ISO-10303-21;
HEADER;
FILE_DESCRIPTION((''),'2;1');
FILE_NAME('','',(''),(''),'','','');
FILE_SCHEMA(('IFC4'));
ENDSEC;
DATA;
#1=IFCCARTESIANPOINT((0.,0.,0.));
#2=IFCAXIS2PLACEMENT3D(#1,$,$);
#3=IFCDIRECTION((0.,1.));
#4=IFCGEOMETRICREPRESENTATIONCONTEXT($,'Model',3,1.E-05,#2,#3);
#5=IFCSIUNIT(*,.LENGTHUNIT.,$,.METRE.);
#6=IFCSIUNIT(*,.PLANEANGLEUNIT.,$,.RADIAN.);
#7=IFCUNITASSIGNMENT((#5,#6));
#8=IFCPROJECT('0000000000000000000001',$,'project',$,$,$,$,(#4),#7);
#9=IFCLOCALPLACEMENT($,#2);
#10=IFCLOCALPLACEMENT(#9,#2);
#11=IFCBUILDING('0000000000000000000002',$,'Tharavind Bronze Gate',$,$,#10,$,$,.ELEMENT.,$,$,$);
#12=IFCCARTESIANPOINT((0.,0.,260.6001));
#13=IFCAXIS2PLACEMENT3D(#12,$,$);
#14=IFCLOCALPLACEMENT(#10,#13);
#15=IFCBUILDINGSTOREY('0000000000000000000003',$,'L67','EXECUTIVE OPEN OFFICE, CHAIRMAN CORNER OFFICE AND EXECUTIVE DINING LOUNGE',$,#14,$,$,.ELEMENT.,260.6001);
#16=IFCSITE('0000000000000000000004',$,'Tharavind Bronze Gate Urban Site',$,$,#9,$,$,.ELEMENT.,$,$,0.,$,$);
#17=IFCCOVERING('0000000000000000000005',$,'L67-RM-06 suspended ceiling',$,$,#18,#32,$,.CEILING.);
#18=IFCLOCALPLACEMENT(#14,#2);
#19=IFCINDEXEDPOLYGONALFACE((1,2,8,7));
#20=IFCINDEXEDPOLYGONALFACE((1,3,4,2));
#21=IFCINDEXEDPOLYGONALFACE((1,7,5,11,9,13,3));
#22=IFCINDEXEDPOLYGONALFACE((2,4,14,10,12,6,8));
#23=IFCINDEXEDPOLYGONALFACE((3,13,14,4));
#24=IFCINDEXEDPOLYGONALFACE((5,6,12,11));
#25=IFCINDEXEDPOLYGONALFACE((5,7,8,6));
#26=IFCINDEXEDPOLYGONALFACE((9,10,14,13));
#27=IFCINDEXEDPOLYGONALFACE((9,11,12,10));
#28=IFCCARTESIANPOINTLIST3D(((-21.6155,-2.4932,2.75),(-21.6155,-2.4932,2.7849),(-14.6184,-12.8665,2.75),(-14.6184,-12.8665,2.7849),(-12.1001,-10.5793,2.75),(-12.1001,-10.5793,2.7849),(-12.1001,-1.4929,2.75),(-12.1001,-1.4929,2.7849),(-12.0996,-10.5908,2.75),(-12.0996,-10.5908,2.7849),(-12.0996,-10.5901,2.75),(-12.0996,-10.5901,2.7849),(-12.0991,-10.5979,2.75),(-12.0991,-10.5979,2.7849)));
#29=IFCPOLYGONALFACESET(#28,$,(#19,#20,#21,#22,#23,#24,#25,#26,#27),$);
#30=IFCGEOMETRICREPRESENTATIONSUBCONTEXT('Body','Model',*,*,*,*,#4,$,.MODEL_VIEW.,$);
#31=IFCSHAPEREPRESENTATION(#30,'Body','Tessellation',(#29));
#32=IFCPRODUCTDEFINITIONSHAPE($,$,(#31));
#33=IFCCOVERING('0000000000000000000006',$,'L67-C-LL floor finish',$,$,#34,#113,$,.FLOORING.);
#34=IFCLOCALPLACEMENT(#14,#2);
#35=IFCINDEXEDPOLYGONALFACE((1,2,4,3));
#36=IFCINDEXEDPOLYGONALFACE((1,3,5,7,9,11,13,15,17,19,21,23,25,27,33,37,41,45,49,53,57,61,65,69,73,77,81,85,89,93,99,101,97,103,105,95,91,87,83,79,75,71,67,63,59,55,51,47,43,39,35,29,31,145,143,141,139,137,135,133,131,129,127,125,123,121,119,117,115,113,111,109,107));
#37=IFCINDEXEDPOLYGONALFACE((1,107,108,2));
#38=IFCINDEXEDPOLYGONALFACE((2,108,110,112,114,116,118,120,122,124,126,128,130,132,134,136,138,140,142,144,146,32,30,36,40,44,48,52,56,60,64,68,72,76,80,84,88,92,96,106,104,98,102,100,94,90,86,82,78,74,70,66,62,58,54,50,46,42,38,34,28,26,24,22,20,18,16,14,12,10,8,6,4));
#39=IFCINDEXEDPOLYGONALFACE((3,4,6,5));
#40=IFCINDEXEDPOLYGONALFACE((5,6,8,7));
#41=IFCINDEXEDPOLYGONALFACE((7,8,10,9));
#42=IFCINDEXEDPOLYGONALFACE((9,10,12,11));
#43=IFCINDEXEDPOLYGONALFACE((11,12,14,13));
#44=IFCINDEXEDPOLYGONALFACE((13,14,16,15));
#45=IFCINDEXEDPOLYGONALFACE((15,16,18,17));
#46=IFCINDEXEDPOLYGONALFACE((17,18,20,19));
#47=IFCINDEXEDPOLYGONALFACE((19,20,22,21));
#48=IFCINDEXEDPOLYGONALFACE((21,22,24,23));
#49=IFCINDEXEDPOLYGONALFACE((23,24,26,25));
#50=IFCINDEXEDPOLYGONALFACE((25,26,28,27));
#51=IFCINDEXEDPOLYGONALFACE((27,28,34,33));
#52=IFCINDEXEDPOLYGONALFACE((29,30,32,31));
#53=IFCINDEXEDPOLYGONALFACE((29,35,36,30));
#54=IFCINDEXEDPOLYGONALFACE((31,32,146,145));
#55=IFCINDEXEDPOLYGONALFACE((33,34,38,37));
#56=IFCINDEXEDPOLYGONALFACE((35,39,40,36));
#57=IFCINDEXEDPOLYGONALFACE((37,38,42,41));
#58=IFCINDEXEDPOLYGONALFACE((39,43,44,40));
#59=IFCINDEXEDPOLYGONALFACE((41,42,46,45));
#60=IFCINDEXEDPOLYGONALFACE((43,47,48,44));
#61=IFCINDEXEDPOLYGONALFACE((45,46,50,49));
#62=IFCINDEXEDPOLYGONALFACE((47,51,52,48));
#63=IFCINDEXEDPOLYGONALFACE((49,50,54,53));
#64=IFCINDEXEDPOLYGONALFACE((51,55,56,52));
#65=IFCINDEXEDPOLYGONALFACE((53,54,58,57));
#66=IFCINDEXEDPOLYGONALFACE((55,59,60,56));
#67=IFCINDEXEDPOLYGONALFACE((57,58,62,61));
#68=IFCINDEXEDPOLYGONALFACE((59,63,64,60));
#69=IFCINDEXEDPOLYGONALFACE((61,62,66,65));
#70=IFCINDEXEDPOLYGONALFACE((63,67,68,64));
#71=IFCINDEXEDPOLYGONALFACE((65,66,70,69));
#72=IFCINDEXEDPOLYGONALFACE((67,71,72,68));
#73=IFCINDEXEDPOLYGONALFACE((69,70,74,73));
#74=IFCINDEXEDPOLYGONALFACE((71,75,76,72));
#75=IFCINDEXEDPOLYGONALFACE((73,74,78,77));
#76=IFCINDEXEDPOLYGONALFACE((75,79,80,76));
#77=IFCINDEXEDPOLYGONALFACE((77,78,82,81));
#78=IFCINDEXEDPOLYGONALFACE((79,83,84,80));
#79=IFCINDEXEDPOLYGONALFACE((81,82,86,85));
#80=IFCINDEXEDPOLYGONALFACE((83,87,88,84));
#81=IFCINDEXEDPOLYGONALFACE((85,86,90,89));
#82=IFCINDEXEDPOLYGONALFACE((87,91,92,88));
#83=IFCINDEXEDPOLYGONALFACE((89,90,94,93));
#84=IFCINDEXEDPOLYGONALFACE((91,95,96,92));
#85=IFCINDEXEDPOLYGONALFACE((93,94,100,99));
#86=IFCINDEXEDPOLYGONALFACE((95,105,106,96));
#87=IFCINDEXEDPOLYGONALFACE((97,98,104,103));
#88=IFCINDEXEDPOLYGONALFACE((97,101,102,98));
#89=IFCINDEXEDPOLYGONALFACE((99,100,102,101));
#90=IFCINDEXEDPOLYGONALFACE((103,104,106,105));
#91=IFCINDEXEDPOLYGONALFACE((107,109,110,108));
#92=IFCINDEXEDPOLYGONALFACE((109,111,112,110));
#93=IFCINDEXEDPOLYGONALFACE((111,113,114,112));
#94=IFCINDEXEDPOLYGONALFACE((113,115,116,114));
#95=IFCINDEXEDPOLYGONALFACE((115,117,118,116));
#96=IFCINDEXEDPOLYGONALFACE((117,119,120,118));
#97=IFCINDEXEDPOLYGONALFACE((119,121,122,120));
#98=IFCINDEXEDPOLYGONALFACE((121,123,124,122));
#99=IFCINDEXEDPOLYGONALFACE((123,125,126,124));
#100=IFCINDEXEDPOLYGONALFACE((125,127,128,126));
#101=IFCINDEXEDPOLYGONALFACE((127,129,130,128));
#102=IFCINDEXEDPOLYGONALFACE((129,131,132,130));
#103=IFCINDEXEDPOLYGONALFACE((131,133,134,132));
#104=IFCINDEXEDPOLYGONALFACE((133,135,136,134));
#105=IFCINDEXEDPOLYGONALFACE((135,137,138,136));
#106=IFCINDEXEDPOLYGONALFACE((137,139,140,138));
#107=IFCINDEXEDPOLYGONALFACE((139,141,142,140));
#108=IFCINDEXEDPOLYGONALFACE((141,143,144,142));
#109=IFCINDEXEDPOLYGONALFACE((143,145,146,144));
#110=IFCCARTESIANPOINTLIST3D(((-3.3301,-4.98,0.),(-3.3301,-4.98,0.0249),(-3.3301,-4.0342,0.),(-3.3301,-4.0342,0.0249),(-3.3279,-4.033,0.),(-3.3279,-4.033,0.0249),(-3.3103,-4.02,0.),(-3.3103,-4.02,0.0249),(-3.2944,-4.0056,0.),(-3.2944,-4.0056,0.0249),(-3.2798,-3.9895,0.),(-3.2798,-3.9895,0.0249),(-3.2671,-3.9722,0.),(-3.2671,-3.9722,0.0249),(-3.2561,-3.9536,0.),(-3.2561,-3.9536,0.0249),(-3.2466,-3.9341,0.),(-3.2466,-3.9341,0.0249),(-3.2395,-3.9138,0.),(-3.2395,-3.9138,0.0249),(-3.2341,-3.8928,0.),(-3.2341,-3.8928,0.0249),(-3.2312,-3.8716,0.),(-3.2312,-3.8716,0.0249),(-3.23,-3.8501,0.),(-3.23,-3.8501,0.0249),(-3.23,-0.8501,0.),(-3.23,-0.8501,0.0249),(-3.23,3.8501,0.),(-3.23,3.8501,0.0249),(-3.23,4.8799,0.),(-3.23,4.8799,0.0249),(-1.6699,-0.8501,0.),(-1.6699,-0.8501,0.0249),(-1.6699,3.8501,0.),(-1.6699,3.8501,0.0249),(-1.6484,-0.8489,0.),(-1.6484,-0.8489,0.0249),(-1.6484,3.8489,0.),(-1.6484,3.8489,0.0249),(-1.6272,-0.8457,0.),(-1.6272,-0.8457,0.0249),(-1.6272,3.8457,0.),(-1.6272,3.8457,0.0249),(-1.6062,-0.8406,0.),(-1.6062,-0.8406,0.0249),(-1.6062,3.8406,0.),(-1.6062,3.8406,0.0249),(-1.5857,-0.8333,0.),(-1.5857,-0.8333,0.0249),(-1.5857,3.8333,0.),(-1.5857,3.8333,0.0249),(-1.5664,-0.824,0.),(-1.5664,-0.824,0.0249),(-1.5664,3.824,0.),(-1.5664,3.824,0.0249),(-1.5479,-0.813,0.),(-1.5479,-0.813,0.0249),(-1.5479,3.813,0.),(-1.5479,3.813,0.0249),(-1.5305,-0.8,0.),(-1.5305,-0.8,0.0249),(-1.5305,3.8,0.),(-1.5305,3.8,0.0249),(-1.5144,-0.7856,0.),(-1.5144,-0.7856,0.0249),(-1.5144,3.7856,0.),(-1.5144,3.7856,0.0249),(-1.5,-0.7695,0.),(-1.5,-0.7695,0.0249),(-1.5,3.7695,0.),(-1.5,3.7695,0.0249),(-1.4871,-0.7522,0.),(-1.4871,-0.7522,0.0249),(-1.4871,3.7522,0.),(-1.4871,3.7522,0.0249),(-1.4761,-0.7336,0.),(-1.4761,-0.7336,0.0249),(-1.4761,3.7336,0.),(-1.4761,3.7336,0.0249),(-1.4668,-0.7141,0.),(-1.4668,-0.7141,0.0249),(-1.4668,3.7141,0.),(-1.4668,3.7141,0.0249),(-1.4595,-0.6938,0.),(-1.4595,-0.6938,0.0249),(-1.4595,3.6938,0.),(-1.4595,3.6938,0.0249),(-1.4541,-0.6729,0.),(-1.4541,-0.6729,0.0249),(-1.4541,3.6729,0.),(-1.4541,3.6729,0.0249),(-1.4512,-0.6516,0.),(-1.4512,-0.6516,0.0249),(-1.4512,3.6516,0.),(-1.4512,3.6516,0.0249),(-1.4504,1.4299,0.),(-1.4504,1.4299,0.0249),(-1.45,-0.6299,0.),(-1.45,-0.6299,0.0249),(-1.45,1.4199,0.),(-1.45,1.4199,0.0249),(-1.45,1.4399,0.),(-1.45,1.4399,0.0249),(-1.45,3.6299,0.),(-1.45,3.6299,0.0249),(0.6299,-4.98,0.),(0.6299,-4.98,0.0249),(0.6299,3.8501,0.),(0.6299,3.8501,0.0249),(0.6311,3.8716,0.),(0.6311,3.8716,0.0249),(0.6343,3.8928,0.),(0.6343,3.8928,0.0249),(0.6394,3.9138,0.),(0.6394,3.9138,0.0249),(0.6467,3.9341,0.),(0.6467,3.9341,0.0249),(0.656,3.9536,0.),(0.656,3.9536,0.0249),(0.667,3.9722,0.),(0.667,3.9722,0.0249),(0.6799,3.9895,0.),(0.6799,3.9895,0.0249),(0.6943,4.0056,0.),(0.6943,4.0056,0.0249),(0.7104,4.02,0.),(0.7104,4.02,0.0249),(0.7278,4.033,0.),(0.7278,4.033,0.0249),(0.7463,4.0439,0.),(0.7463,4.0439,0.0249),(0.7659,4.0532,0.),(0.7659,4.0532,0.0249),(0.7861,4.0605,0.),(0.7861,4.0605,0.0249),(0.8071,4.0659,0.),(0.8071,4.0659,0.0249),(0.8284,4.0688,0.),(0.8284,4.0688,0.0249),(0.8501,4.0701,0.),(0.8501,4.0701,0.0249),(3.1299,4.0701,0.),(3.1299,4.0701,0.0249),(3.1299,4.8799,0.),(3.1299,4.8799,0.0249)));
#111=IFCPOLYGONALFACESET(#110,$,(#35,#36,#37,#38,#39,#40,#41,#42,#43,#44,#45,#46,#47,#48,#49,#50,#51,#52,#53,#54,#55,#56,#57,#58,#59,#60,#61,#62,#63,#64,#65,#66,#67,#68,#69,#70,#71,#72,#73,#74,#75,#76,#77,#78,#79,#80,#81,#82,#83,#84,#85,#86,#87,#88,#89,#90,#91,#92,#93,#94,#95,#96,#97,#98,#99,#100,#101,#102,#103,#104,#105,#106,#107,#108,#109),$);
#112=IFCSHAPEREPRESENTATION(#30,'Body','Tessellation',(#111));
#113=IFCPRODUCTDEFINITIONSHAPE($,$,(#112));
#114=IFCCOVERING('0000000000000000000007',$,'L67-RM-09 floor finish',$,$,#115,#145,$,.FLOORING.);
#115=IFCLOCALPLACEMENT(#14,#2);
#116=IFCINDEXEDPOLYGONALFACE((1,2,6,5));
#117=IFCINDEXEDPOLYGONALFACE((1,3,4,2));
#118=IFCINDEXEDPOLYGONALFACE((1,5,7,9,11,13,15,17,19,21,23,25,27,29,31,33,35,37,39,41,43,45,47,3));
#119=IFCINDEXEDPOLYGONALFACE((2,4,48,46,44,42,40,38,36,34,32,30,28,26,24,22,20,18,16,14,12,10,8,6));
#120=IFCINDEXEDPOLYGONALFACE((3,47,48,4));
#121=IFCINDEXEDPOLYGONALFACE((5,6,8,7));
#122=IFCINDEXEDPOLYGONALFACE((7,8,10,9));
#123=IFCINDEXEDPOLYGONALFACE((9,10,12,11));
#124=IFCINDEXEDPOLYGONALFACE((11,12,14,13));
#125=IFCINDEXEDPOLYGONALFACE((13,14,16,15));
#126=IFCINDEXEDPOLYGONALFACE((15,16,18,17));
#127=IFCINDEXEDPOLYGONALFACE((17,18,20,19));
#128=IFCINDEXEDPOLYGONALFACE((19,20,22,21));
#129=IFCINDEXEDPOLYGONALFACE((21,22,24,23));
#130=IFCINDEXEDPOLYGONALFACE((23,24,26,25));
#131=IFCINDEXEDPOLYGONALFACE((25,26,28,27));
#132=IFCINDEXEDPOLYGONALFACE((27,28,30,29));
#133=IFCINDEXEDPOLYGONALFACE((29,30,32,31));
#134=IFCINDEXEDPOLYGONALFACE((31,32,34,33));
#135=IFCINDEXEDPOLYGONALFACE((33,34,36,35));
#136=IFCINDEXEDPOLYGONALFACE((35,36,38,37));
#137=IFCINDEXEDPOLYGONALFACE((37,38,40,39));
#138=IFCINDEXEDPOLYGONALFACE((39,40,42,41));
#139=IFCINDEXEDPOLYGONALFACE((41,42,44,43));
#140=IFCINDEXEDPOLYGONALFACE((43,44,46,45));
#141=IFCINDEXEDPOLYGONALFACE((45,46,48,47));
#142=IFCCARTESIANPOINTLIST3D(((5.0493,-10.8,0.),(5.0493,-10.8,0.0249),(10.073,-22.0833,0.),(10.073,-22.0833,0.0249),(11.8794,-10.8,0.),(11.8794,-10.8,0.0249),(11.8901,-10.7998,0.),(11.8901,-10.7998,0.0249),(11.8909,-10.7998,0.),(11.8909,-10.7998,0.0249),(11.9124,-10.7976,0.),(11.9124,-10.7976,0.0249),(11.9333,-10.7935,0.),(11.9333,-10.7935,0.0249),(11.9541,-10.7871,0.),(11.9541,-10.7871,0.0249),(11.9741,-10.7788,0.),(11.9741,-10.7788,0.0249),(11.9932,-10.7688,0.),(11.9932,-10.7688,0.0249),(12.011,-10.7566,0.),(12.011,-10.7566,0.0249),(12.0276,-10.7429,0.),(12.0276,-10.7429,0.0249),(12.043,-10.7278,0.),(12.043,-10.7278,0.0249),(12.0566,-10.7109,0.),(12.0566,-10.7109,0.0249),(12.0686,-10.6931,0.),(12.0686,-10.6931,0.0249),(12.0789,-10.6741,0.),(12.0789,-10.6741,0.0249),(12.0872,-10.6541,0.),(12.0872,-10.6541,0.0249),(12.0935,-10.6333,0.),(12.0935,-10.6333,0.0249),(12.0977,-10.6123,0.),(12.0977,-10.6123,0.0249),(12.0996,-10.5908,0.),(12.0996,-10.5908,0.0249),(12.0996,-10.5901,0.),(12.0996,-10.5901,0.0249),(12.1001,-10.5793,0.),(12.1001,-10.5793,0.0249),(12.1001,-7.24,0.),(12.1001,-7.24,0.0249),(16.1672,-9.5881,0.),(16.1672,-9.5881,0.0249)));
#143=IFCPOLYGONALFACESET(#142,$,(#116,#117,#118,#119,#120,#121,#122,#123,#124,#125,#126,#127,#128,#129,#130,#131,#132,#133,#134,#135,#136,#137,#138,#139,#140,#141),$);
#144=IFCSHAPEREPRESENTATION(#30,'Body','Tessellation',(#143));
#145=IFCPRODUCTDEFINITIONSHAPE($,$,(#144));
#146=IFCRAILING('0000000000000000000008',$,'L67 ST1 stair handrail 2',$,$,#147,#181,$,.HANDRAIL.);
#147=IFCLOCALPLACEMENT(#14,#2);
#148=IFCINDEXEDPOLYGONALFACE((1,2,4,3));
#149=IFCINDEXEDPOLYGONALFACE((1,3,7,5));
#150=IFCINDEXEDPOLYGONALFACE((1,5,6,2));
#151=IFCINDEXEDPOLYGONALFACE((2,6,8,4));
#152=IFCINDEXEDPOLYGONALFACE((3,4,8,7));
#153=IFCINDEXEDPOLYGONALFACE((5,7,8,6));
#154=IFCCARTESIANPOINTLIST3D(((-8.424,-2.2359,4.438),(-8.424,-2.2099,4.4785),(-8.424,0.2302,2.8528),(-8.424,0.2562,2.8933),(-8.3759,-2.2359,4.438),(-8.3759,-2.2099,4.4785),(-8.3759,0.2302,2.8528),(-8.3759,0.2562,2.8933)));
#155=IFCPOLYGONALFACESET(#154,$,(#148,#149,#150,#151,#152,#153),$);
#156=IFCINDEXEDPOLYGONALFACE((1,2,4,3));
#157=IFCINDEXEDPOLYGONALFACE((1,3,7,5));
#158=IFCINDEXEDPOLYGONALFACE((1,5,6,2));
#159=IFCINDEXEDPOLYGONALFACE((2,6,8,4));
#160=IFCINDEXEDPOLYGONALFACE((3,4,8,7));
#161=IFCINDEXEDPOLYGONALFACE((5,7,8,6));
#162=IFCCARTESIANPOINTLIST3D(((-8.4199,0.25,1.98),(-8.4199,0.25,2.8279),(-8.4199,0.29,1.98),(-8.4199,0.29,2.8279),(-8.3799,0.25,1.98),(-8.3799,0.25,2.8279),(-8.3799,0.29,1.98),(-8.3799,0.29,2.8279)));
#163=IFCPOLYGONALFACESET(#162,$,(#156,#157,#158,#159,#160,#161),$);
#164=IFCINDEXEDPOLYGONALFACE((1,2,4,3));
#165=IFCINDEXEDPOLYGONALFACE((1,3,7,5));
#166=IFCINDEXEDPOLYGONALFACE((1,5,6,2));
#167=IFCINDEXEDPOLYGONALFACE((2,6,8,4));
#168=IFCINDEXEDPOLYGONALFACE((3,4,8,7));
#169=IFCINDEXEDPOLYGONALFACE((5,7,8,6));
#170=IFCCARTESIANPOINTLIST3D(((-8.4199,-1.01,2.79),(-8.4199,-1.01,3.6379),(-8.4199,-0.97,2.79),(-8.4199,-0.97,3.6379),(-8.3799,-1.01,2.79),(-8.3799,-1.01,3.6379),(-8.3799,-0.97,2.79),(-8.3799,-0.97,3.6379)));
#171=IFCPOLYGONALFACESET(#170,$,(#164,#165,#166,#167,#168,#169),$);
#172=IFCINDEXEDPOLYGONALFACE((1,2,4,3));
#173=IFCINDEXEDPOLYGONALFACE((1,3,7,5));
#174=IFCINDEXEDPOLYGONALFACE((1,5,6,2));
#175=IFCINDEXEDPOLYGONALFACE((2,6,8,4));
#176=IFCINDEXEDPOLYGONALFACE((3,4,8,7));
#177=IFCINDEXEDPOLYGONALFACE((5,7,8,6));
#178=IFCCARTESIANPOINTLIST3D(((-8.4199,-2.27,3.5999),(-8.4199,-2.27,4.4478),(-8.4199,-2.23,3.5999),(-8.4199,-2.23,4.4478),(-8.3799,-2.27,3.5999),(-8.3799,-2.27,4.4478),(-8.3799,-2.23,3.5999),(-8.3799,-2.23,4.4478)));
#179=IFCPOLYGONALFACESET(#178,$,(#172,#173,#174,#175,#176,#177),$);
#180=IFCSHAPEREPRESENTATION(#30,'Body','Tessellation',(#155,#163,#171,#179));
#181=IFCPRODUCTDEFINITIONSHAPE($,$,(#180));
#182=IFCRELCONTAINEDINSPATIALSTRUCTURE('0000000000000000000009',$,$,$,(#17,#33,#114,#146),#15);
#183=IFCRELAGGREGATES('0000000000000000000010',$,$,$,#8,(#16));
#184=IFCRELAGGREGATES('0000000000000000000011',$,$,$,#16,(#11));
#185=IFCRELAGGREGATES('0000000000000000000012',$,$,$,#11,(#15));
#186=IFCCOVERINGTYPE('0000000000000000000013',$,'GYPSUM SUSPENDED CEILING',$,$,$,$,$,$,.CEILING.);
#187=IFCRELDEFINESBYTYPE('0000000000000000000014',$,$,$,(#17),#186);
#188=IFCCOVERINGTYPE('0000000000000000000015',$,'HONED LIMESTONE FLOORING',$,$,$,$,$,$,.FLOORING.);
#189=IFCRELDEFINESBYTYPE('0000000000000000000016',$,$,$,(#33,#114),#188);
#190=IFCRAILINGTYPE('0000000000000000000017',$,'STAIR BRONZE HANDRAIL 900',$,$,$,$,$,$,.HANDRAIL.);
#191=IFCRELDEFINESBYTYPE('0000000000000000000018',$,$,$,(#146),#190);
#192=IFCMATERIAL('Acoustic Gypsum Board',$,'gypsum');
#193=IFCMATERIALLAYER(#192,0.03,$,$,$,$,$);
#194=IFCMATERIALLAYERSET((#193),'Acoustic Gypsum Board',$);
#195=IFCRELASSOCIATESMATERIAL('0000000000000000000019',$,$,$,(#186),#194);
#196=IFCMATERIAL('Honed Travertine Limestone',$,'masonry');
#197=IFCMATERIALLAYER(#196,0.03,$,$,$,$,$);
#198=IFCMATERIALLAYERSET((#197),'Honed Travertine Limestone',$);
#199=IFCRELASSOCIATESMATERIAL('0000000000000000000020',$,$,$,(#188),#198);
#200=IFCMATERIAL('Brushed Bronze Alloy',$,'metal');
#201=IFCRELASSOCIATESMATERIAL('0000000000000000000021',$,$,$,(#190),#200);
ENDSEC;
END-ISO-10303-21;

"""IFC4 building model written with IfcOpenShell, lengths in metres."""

from ifc_helpers import new_model, si_unit, direction, frame, origin, origin_2d, place, context, subcontext, project, spatial, polyline, rectangle, outline, extrude, material, layer, layer_set, type_object, element, save


model = new_model("IFC4")

# Units and contexts
model_context = context("Model", 3, precision=1e-05, world=origin(), true_north=direction((0.0, 1.0)))
body_context = subcontext(model_context, "Body", "Model", "MODEL_VIEW")
ifc_project = project(units=[si_unit("LENGTHUNIT", "METRE"), si_unit("PLANEANGLEUNIT", "RADIAN")], contexts=[model_context])

# Site, building, storey
site_placement = place(None, origin())
site = spatial("IfcSite", under=ifc_project, at=site_placement, Name="Tharavind Bronze Gate Urban Site", CompositionType="ELEMENT", RefElevation=0.0)
building_placement = place(site_placement, origin())
building = spatial("IfcBuilding", under=site, at=building_placement, Name="Tharavind Bronze Gate", CompositionType="ELEMENT")
storey_placement = place(building_placement, frame((0.0, 0.0, 260.6001)))
storey = spatial("IfcBuildingStorey", under=building, at=storey_placement, Name="L67", Description="EXECUTIVE OPEN OFFICE, CHAIRMAN CORNER OFFICE AND EXECUTIVE DINING LOUNGE", CompositionType="ELEMENT", Elevation=260.6001)

# Coverings
ifc_material_1 = material(Name="Acoustic Gypsum Board", Category="gypsum")
ifc_layer_1 = layer(ifc_material_1, 0.03)
ifc_layer_set_1 = layer_set([ifc_layer_1], Name="Acoustic Gypsum Board")
covering_type_1 = type_object("IfcCoveringType", Name="GYPSUM SUSPENDED CEILING", PredefinedType="CEILING", material=ifc_layer_set_1)
covering_1_placement = place(storey_placement, frame((0.0, 0.0, 2.75)))
element("IfcCovering", 1, at=covering_1_placement, inside=storey, type_object=covering_type_1, Name="L67-RM-06 suspended ceiling", PredefinedType="CEILING", context=body_context, shape_type="SweptSolid", body=[
    extrude(outline(polyline([(-14.6184, -12.8665), (-12.0991, -10.5979), (-12.0996, -10.5908), (-12.0996, -10.5901), (-12.1001, -10.5793), (-12.1001, -1.4929), (-21.6155, -2.4932), (-14.6184, -12.8665)])), origin(), (0.0, 0.0, 1.0), 0.0349),
])
ifc_material_2 = material(Name="Honed Travertine Limestone", Category="masonry")
ifc_layer_2 = layer(ifc_material_2, 0.03)
ifc_layer_set_2 = layer_set([ifc_layer_2], Name="Honed Travertine Limestone")
covering_type_2 = type_object("IfcCoveringType", Name="HONED LIMESTONE FLOORING", PredefinedType="FLOORING", material=ifc_layer_set_2)
covering_2_placement = place(storey_placement, origin())
element("IfcCovering", 2, at=covering_2_placement, inside=storey, type_object=covering_type_2, Name="L67-C-LL floor finish", PredefinedType="FLOORING", context=body_context, shape_type="SweptSolid", body=[
    extrude(outline(polyline([(-3.3301, -4.98), (0.6299, -4.98), (0.6299, 3.8501), (0.6311, 3.8716), (0.6343, 3.8928), (0.6394, 3.9138), (0.6467, 3.9341), (0.656, 3.9536), (0.667, 3.9722), (0.6799, 3.9895), (0.6943, 4.0056), (0.7104, 4.02), (0.7278, 4.033), (0.7463, 4.0439), (0.7659, 4.0532), (0.7861, 4.0605), (0.8071, 4.0659), (0.8284, 4.0688), (0.8501, 4.0701), (3.1299, 4.0701), (3.1299, 4.8799), (-3.23, 4.8799), (-3.23, 3.8501), (-1.6699, 3.8501), (-1.6484, 3.8489), (-1.6272, 3.8457), (-1.6062, 3.8406), (-1.5857, 3.8333), (-1.5664, 3.824), (-1.5479, 3.813), (-1.5305, 3.8), (-1.5144, 3.7856), (-1.5, 3.7695), (-1.4871, 3.7522), (-1.4761, 3.7336), (-1.4668, 3.7141), (-1.4595, 3.6938), (-1.4541, 3.6729), (-1.4512, 3.6516), (-1.45, 3.6299), (-1.45, 1.4399), (-1.4504, 1.4299), (-1.45, 1.4199), (-1.45, -0.6299), (-1.4512, -0.6516), (-1.4541, -0.6729), (-1.4595, -0.6938), (-1.4668, -0.7141), (-1.4761, -0.7336), (-1.4871, -0.7522), (-1.5, -0.7695), (-1.5144, -0.7856), (-1.5305, -0.8), (-1.5479, -0.813), (-1.5664, -0.824), (-1.5857, -0.8333), (-1.6062, -0.8406), (-1.6272, -0.8457), (-1.6484, -0.8489), (-1.6699, -0.8501), (-3.23, -0.8501), (-3.23, -3.8501), (-3.2312, -3.8716), (-3.2341, -3.8928), (-3.2395, -3.9138), (-3.2466, -3.9341), (-3.2561, -3.9536), (-3.2671, -3.9722), (-3.2798, -3.9895), (-3.2944, -4.0056), (-3.3103, -4.02), (-3.3279, -4.033), (-3.3301, -4.0342), (-3.3301, -4.98)])), origin(), (0.0, 0.0, 1.0), 0.0249),
])
covering_3_placement = place(storey_placement, origin())
element("IfcCovering", 3, at=covering_3_placement, inside=storey, type_object=covering_type_2, Name="L67-RM-09 floor finish", PredefinedType="FLOORING", context=body_context, shape_type="SweptSolid", body=[
    extrude(outline(polyline([(10.073, -22.0833), (16.1672, -9.5881), (12.1001, -7.24), (12.1001, -10.5793), (12.0996, -10.5901), (12.0996, -10.5908), (12.0977, -10.6123), (12.0935, -10.6333), (12.0872, -10.6541), (12.0789, -10.6741), (12.0686, -10.6931), (12.0566, -10.7109), (12.043, -10.7278), (12.0276, -10.7429), (12.011, -10.7566), (11.9932, -10.7688), (11.9741, -10.7788), (11.9541, -10.7871), (11.9333, -10.7935), (11.9124, -10.7976), (11.8909, -10.7998), (11.8901, -10.7998), (11.8794, -10.8), (5.0493, -10.8), (10.073, -22.0833)])), origin(), (0.0, 0.0, 1.0), 0.0249),
])

# Railing
ifc_material_3 = material(Name="Brushed Bronze Alloy", Category="metal")
railing_type_1 = type_object("IfcRailingType", Name="STAIR BRONZE HANDRAIL 900", PredefinedType="HANDRAIL", material=ifc_material_3)
railing_1_placement = place(storey_placement, frame((-8.3999, 0.27, 1.98)))
element("IfcRailing", 4, at=railing_1_placement, inside=storey, type_object=railing_type_1, Name="L67 ST1 stair handrail 2", PredefinedType="HANDRAIL", context=body_context, shape_type="SweptSolid", body=[
    extrude(rectangle(XDim=0.0481, YDim=0.0481, at=origin_2d()), frame((0.0, -0.0269, 0.8931), z_axis=(0.0, -0.8412, 0.540725), x_axis=(1.0, 0.0, 0.0)), (0.0, 0.0, 1.0), 2.9316),
    extrude(rectangle(XDim=0.04, YDim=0.04, at=origin_2d()), origin(), (0.0, 0.0, 1.0), 0.8479),
    extrude(rectangle(XDim=0.04, YDim=0.04, at=origin_2d()), frame((0.0, -1.26, 0.8101)), (0.0, 0.0, 1.0), 0.8479),
    extrude(rectangle(XDim=0.04, YDim=0.04, at=origin_2d()), frame((0.0, -2.52, 1.6199)), (0.0, 0.0, 1.0), 0.8479),
])

save(model, "model.ifc")
